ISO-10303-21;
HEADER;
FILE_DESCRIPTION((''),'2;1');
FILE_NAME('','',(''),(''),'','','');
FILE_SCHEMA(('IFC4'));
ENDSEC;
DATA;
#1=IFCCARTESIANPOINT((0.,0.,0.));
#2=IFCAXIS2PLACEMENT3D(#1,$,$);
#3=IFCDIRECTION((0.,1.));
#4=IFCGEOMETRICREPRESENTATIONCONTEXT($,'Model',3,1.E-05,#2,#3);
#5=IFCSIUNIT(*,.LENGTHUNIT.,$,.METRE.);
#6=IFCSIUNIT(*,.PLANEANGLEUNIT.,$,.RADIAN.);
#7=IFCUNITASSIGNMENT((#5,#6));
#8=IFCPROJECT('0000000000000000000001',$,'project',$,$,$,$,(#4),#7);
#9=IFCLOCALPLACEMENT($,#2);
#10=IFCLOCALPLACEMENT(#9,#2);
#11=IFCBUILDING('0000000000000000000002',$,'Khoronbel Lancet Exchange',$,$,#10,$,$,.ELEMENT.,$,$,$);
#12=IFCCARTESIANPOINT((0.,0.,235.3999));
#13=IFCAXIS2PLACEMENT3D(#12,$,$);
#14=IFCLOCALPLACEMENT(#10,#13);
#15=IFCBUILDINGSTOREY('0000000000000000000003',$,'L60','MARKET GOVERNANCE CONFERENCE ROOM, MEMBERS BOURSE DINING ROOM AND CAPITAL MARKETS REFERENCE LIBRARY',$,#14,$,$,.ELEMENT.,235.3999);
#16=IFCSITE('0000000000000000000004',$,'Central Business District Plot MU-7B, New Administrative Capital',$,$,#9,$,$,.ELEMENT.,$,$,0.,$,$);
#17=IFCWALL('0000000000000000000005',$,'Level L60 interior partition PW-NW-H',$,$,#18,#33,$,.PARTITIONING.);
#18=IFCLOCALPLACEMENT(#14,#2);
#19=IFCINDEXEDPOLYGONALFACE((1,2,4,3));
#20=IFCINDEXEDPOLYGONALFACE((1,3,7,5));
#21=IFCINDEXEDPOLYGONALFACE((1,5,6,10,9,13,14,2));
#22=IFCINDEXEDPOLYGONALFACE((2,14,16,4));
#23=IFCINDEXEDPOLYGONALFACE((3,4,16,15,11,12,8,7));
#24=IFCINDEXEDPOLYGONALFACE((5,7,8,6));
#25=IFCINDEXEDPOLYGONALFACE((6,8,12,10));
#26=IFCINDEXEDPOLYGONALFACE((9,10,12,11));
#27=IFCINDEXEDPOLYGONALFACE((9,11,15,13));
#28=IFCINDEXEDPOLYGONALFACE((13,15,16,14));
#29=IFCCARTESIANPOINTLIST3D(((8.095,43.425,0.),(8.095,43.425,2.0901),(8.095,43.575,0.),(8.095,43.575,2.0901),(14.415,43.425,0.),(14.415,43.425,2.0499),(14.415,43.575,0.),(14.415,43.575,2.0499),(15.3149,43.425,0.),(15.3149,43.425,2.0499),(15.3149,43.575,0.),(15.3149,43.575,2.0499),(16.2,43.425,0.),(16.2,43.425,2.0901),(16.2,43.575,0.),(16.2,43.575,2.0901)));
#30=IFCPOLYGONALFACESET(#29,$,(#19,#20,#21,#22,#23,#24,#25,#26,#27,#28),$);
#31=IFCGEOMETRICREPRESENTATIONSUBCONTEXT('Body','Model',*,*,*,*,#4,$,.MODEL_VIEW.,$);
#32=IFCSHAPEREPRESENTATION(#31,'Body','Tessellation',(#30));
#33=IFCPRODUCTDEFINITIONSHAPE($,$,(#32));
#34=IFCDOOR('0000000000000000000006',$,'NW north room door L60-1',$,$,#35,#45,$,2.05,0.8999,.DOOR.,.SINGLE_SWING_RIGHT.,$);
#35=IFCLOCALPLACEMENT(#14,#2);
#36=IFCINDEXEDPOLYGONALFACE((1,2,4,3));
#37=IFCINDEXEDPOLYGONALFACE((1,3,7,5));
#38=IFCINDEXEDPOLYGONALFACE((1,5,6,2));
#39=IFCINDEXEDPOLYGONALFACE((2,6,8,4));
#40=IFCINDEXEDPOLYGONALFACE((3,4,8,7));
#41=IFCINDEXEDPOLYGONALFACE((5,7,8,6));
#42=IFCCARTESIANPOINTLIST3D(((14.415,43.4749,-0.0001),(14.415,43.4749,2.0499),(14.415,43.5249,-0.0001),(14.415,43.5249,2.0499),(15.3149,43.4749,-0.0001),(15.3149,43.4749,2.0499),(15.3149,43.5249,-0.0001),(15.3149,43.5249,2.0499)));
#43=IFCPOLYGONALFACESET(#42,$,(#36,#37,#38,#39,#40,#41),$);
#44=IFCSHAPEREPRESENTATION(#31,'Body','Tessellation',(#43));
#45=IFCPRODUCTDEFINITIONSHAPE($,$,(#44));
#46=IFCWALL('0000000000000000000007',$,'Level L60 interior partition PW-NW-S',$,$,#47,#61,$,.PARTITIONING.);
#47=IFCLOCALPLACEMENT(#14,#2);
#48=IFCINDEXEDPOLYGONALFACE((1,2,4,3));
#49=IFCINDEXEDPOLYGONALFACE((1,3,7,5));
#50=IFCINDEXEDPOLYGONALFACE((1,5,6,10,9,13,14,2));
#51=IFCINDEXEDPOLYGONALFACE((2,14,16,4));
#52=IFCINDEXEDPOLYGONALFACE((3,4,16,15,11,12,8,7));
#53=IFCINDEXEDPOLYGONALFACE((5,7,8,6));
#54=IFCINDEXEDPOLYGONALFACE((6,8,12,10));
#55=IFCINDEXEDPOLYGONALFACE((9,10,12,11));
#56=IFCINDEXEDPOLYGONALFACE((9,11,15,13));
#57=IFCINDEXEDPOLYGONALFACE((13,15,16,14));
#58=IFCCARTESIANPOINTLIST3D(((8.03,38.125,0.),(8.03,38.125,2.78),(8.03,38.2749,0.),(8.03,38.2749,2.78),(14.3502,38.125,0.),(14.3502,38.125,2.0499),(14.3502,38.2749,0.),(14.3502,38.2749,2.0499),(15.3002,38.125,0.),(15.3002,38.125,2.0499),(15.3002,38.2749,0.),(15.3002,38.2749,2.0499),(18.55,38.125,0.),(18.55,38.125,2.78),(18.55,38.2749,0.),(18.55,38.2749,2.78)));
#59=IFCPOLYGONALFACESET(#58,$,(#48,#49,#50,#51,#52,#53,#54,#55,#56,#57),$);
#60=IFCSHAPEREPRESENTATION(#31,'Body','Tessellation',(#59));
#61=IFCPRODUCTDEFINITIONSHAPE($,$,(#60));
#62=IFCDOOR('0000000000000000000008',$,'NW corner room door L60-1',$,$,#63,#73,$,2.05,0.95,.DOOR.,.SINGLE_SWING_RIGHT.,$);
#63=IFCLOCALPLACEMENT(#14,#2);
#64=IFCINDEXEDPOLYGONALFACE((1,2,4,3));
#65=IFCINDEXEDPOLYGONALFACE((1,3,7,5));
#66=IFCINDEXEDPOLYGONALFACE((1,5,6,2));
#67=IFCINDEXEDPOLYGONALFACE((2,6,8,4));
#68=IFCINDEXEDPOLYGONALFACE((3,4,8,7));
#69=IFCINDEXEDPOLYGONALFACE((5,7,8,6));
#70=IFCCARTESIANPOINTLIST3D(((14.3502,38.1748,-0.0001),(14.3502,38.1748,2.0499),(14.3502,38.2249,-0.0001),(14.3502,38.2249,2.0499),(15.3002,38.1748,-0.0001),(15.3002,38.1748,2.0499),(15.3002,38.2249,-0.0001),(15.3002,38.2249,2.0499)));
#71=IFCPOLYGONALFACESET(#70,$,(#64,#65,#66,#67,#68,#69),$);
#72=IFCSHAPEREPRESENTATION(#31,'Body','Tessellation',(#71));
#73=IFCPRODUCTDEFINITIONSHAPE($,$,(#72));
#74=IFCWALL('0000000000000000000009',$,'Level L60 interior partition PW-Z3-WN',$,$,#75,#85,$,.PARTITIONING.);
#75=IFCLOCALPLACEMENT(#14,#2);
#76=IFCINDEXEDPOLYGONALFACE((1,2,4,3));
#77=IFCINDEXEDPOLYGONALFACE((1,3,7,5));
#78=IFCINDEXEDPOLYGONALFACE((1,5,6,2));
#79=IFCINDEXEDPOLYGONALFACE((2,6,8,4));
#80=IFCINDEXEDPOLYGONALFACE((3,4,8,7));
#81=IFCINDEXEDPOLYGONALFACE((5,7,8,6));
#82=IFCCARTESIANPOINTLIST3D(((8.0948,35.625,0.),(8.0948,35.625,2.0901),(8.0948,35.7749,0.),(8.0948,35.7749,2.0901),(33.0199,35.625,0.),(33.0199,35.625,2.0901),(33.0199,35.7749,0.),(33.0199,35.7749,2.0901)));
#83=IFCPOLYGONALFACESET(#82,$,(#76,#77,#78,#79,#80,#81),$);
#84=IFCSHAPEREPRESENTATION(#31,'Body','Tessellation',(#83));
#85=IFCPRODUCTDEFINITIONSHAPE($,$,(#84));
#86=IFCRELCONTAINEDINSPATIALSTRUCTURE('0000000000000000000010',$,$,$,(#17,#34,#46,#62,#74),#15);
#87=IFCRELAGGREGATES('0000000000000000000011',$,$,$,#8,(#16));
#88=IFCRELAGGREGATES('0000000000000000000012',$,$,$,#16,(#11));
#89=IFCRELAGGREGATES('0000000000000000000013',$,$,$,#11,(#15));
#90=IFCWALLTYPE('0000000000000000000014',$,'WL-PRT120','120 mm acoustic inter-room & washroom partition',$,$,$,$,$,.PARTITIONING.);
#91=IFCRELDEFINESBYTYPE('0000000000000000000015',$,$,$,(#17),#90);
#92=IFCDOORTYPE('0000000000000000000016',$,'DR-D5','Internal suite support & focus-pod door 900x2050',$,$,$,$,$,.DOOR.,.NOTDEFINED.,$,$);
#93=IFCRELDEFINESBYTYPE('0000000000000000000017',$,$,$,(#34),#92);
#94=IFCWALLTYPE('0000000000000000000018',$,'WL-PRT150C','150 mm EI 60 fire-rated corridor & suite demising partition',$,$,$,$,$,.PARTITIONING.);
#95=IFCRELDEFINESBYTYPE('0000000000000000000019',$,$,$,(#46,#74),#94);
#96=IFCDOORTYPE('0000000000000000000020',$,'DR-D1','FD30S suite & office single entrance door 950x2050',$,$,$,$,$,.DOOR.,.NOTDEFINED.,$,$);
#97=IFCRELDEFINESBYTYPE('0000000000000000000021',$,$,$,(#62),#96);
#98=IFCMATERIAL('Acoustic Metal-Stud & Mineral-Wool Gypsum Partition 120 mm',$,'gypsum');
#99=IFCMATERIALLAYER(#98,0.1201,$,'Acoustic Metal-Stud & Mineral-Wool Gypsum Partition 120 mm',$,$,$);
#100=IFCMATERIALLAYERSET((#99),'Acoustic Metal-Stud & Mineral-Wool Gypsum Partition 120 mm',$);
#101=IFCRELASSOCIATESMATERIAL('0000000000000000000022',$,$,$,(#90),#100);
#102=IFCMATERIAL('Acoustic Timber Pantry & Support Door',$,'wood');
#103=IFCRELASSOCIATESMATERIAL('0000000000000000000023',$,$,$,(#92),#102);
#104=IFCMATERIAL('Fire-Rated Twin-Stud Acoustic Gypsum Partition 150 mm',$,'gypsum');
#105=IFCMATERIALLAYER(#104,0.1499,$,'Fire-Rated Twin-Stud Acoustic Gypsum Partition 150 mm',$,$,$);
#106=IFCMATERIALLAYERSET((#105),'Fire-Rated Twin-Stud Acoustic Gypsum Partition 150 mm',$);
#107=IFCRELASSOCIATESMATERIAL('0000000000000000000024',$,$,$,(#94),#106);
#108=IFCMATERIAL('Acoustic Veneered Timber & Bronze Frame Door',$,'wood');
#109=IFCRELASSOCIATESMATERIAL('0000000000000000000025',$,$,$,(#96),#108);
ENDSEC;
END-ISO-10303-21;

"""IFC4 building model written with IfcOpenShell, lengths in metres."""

from ifc_helpers import new_model, si_unit, direction, frame, frame_2d, origin, place, context, subcontext, project, spatial, rectangle, extrude, material, layer, layer_set, type_object, element, fill, save


model = new_model("IFC4")

# Units and contexts
model_context = context("Model", 3, precision=1e-05, world=origin(), true_north=direction((0.0, 1.0)))
body_context = subcontext(model_context, "Body", "Model", "MODEL_VIEW")
ifc_project = project(units=[si_unit("LENGTHUNIT", "METRE"), si_unit("PLANEANGLEUNIT", "RADIAN")], contexts=[model_context])

# Site, building, storey
site_placement = place(None, origin())
site = spatial("IfcSite", under=ifc_project, at=site_placement, Name="Central Business District Plot MU-7B, New Administrative Capital", CompositionType="ELEMENT", RefElevation=0.0)
building_placement = place(site_placement, origin())
building = spatial("IfcBuilding", under=site, at=building_placement, Name="Khoronbel Lancet Exchange", CompositionType="ELEMENT")
storey_placement = place(building_placement, frame((0.0, 0.0, 235.3999)))
storey = spatial("IfcBuildingStorey", under=building, at=storey_placement, Name="L60", Description="MARKET GOVERNANCE CONFERENCE ROOM, MEMBERS BOURSE DINING ROOM AND CAPITAL MARKETS REFERENCE LIBRARY", CompositionType="ELEMENT", Elevation=235.3999)

# Walls, openings, doors
ifc_material_1 = material(Name="Acoustic Metal-Stud & Mineral-Wool Gypsum Partition 120 mm", Category="gypsum")
ifc_layer_1 = layer(ifc_material_1, 0.1201, Name="Acoustic Metal-Stud & Mineral-Wool Gypsum Partition 120 mm")
ifc_layer_set_1 = layer_set([ifc_layer_1], Name="Acoustic Metal-Stud & Mineral-Wool Gypsum Partition 120 mm")
wall_type_1 = type_object("IfcWallType", Name="WL-PRT120", Description="120 mm acoustic inter-room & washroom partition", PredefinedType="PARTITIONING", material=ifc_layer_set_1)
wall_1_placement = place(storey_placement, frame((8.095, 43.5, 0.0), z_axis=(0.0, 0.0, 1.0), x_axis=(1.0, 0.0, 0.0)))
wall_1 = element("IfcWall", 1, at=wall_1_placement, inside=storey, type_object=wall_type_1, Name="Level L60 interior partition PW-NW-H", PredefinedType="PARTITIONING", context=body_context, shape_type="SweptSolid", body=[
    extrude(rectangle(XDim=8.105, YDim=0.1499, at=frame_2d((4.0525, 0.0))), origin(), (0.0, 0.0, 1.0), 2.0901),
])
opening_1_placement = place(wall_1_placement, frame((6.3201, 0.0, 0.0)))
opening_1 = element("IfcOpeningElement", 2, at=opening_1_placement, cuts=wall_1, PredefinedType="OPENING", context=body_context, shape_type="SweptSolid", body=[
    extrude(rectangle(XDim=0.8999, YDim=2.05, at=frame_2d((0.45, 1.0249))), frame((0.0, 0.085, 0.0), z_axis=(0.0, -1.0, 0.0), x_axis=(1.0, 0.0, 0.0)), (0.0, 0.0, 1.0), 0.1699),
])
ifc_material_2 = material(Name="Acoustic Timber Pantry & Support Door", Category="wood")
door_type_1 = type_object("IfcDoorType", Name="DR-D5", Description="Internal suite support & focus-pod door 900x2050", OperationType="NOTDEFINED", PredefinedType="DOOR", material=ifc_material_2)
door_1_placement = place(opening_1_placement, origin())
door_1 = element("IfcDoor", 3, at=door_1_placement, inside=storey, type_object=door_type_1, Name="NW north room door L60-1", OperationType="SINGLE_SWING_RIGHT", OverallHeight=2.05, OverallWidth=0.8999, PredefinedType="DOOR", context=body_context, shape_type="SweptSolid", body=[
    extrude(rectangle(XDim=0.8999, YDim=2.05, at=frame_2d((0.45, 1.0249))), frame((0.0, 0.0249, 0.0), z_axis=(0.0, -1.0, 0.0), x_axis=(1.0, 0.0, 0.0)), (0.0, 0.0, 1.0), 0.05),
])
fill(opening_1, door_1)
ifc_material_3 = material(Name="Fire-Rated Twin-Stud Acoustic Gypsum Partition 150 mm", Category="gypsum")
ifc_layer_2 = layer(ifc_material_3, 0.1499, Name="Fire-Rated Twin-Stud Acoustic Gypsum Partition 150 mm")
ifc_layer_set_2 = layer_set([ifc_layer_2], Name="Fire-Rated Twin-Stud Acoustic Gypsum Partition 150 mm")
wall_type_2 = type_object("IfcWallType", Name="WL-PRT150C", Description="150 mm EI 60 fire-rated corridor & suite demising partition", PredefinedType="PARTITIONING", material=ifc_layer_set_2)
wall_2_placement = place(storey_placement, frame((8.03, 38.2, 0.0), z_axis=(0.0, 0.0, 1.0), x_axis=(1.0, 0.0, 0.0)))
wall_2 = element("IfcWall", 4, at=wall_2_placement, inside=storey, type_object=wall_type_2, Name="Level L60 interior partition PW-NW-S", PredefinedType="PARTITIONING", context=body_context, shape_type="SweptSolid", body=[
    extrude(rectangle(XDim=10.52, YDim=0.1499, at=frame_2d((5.26, 0.0))), origin(), (0.0, 0.0, 1.0), 2.78),
])
opening_2_placement = place(wall_2_placement, frame((6.3201, 0.0, 0.0)))
opening_2 = element("IfcOpeningElement", 5, at=opening_2_placement, cuts=wall_2, PredefinedType="OPENING", context=body_context, shape_type="SweptSolid", body=[
    extrude(rectangle(XDim=0.95, YDim=2.05, at=frame_2d((0.4751, 1.0249))), frame((0.0, 0.085, 0.0), z_axis=(0.0, -1.0, 0.0), x_axis=(1.0, 0.0, 0.0)), (0.0, 0.0, 1.0), 0.1699),
])
ifc_material_4 = material(Name="Acoustic Veneered Timber & Bronze Frame Door", Category="wood")
door_type_2 = type_object("IfcDoorType", Name="DR-D1", Description="FD30S suite & office single entrance door 950x2050", OperationType="NOTDEFINED", PredefinedType="DOOR", material=ifc_material_4)
door_2_placement = place(opening_2_placement, origin())
door_2 = element("IfcDoor", 6, at=door_2_placement, inside=storey, type_object=door_type_2, Name="NW corner room door L60-1", OperationType="SINGLE_SWING_RIGHT", OverallHeight=2.05, OverallWidth=0.95, PredefinedType="DOOR", context=body_context, shape_type="SweptSolid", body=[
    extrude(rectangle(XDim=0.95, YDim=2.05, at=frame_2d((0.4751, 1.0249))), frame((0.0, 0.0249, 0.0), z_axis=(0.0, -1.0, 0.0), x_axis=(1.0, 0.0, 0.0)), (0.0, 0.0, 1.0), 0.05),
])
fill(opening_2, door_2)

# Wall
wall_3_placement = place(storey_placement, frame((8.095, 35.7, 0.0), z_axis=(0.0, 0.0, 1.0), x_axis=(1.0, 0.0, 0.0)))
element("IfcWall", 7, at=wall_3_placement, inside=storey, type_object=wall_type_2, Name="Level L60 interior partition PW-Z3-WN", PredefinedType="PARTITIONING", context=body_context, shape_type="SweptSolid", body=[
    extrude(rectangle(XDim=24.925, YDim=0.1499, at=frame_2d((12.4624, 0.0))), origin(), (0.0, 0.0, 1.0), 2.0901),
])

save(model, "model.ifc")
